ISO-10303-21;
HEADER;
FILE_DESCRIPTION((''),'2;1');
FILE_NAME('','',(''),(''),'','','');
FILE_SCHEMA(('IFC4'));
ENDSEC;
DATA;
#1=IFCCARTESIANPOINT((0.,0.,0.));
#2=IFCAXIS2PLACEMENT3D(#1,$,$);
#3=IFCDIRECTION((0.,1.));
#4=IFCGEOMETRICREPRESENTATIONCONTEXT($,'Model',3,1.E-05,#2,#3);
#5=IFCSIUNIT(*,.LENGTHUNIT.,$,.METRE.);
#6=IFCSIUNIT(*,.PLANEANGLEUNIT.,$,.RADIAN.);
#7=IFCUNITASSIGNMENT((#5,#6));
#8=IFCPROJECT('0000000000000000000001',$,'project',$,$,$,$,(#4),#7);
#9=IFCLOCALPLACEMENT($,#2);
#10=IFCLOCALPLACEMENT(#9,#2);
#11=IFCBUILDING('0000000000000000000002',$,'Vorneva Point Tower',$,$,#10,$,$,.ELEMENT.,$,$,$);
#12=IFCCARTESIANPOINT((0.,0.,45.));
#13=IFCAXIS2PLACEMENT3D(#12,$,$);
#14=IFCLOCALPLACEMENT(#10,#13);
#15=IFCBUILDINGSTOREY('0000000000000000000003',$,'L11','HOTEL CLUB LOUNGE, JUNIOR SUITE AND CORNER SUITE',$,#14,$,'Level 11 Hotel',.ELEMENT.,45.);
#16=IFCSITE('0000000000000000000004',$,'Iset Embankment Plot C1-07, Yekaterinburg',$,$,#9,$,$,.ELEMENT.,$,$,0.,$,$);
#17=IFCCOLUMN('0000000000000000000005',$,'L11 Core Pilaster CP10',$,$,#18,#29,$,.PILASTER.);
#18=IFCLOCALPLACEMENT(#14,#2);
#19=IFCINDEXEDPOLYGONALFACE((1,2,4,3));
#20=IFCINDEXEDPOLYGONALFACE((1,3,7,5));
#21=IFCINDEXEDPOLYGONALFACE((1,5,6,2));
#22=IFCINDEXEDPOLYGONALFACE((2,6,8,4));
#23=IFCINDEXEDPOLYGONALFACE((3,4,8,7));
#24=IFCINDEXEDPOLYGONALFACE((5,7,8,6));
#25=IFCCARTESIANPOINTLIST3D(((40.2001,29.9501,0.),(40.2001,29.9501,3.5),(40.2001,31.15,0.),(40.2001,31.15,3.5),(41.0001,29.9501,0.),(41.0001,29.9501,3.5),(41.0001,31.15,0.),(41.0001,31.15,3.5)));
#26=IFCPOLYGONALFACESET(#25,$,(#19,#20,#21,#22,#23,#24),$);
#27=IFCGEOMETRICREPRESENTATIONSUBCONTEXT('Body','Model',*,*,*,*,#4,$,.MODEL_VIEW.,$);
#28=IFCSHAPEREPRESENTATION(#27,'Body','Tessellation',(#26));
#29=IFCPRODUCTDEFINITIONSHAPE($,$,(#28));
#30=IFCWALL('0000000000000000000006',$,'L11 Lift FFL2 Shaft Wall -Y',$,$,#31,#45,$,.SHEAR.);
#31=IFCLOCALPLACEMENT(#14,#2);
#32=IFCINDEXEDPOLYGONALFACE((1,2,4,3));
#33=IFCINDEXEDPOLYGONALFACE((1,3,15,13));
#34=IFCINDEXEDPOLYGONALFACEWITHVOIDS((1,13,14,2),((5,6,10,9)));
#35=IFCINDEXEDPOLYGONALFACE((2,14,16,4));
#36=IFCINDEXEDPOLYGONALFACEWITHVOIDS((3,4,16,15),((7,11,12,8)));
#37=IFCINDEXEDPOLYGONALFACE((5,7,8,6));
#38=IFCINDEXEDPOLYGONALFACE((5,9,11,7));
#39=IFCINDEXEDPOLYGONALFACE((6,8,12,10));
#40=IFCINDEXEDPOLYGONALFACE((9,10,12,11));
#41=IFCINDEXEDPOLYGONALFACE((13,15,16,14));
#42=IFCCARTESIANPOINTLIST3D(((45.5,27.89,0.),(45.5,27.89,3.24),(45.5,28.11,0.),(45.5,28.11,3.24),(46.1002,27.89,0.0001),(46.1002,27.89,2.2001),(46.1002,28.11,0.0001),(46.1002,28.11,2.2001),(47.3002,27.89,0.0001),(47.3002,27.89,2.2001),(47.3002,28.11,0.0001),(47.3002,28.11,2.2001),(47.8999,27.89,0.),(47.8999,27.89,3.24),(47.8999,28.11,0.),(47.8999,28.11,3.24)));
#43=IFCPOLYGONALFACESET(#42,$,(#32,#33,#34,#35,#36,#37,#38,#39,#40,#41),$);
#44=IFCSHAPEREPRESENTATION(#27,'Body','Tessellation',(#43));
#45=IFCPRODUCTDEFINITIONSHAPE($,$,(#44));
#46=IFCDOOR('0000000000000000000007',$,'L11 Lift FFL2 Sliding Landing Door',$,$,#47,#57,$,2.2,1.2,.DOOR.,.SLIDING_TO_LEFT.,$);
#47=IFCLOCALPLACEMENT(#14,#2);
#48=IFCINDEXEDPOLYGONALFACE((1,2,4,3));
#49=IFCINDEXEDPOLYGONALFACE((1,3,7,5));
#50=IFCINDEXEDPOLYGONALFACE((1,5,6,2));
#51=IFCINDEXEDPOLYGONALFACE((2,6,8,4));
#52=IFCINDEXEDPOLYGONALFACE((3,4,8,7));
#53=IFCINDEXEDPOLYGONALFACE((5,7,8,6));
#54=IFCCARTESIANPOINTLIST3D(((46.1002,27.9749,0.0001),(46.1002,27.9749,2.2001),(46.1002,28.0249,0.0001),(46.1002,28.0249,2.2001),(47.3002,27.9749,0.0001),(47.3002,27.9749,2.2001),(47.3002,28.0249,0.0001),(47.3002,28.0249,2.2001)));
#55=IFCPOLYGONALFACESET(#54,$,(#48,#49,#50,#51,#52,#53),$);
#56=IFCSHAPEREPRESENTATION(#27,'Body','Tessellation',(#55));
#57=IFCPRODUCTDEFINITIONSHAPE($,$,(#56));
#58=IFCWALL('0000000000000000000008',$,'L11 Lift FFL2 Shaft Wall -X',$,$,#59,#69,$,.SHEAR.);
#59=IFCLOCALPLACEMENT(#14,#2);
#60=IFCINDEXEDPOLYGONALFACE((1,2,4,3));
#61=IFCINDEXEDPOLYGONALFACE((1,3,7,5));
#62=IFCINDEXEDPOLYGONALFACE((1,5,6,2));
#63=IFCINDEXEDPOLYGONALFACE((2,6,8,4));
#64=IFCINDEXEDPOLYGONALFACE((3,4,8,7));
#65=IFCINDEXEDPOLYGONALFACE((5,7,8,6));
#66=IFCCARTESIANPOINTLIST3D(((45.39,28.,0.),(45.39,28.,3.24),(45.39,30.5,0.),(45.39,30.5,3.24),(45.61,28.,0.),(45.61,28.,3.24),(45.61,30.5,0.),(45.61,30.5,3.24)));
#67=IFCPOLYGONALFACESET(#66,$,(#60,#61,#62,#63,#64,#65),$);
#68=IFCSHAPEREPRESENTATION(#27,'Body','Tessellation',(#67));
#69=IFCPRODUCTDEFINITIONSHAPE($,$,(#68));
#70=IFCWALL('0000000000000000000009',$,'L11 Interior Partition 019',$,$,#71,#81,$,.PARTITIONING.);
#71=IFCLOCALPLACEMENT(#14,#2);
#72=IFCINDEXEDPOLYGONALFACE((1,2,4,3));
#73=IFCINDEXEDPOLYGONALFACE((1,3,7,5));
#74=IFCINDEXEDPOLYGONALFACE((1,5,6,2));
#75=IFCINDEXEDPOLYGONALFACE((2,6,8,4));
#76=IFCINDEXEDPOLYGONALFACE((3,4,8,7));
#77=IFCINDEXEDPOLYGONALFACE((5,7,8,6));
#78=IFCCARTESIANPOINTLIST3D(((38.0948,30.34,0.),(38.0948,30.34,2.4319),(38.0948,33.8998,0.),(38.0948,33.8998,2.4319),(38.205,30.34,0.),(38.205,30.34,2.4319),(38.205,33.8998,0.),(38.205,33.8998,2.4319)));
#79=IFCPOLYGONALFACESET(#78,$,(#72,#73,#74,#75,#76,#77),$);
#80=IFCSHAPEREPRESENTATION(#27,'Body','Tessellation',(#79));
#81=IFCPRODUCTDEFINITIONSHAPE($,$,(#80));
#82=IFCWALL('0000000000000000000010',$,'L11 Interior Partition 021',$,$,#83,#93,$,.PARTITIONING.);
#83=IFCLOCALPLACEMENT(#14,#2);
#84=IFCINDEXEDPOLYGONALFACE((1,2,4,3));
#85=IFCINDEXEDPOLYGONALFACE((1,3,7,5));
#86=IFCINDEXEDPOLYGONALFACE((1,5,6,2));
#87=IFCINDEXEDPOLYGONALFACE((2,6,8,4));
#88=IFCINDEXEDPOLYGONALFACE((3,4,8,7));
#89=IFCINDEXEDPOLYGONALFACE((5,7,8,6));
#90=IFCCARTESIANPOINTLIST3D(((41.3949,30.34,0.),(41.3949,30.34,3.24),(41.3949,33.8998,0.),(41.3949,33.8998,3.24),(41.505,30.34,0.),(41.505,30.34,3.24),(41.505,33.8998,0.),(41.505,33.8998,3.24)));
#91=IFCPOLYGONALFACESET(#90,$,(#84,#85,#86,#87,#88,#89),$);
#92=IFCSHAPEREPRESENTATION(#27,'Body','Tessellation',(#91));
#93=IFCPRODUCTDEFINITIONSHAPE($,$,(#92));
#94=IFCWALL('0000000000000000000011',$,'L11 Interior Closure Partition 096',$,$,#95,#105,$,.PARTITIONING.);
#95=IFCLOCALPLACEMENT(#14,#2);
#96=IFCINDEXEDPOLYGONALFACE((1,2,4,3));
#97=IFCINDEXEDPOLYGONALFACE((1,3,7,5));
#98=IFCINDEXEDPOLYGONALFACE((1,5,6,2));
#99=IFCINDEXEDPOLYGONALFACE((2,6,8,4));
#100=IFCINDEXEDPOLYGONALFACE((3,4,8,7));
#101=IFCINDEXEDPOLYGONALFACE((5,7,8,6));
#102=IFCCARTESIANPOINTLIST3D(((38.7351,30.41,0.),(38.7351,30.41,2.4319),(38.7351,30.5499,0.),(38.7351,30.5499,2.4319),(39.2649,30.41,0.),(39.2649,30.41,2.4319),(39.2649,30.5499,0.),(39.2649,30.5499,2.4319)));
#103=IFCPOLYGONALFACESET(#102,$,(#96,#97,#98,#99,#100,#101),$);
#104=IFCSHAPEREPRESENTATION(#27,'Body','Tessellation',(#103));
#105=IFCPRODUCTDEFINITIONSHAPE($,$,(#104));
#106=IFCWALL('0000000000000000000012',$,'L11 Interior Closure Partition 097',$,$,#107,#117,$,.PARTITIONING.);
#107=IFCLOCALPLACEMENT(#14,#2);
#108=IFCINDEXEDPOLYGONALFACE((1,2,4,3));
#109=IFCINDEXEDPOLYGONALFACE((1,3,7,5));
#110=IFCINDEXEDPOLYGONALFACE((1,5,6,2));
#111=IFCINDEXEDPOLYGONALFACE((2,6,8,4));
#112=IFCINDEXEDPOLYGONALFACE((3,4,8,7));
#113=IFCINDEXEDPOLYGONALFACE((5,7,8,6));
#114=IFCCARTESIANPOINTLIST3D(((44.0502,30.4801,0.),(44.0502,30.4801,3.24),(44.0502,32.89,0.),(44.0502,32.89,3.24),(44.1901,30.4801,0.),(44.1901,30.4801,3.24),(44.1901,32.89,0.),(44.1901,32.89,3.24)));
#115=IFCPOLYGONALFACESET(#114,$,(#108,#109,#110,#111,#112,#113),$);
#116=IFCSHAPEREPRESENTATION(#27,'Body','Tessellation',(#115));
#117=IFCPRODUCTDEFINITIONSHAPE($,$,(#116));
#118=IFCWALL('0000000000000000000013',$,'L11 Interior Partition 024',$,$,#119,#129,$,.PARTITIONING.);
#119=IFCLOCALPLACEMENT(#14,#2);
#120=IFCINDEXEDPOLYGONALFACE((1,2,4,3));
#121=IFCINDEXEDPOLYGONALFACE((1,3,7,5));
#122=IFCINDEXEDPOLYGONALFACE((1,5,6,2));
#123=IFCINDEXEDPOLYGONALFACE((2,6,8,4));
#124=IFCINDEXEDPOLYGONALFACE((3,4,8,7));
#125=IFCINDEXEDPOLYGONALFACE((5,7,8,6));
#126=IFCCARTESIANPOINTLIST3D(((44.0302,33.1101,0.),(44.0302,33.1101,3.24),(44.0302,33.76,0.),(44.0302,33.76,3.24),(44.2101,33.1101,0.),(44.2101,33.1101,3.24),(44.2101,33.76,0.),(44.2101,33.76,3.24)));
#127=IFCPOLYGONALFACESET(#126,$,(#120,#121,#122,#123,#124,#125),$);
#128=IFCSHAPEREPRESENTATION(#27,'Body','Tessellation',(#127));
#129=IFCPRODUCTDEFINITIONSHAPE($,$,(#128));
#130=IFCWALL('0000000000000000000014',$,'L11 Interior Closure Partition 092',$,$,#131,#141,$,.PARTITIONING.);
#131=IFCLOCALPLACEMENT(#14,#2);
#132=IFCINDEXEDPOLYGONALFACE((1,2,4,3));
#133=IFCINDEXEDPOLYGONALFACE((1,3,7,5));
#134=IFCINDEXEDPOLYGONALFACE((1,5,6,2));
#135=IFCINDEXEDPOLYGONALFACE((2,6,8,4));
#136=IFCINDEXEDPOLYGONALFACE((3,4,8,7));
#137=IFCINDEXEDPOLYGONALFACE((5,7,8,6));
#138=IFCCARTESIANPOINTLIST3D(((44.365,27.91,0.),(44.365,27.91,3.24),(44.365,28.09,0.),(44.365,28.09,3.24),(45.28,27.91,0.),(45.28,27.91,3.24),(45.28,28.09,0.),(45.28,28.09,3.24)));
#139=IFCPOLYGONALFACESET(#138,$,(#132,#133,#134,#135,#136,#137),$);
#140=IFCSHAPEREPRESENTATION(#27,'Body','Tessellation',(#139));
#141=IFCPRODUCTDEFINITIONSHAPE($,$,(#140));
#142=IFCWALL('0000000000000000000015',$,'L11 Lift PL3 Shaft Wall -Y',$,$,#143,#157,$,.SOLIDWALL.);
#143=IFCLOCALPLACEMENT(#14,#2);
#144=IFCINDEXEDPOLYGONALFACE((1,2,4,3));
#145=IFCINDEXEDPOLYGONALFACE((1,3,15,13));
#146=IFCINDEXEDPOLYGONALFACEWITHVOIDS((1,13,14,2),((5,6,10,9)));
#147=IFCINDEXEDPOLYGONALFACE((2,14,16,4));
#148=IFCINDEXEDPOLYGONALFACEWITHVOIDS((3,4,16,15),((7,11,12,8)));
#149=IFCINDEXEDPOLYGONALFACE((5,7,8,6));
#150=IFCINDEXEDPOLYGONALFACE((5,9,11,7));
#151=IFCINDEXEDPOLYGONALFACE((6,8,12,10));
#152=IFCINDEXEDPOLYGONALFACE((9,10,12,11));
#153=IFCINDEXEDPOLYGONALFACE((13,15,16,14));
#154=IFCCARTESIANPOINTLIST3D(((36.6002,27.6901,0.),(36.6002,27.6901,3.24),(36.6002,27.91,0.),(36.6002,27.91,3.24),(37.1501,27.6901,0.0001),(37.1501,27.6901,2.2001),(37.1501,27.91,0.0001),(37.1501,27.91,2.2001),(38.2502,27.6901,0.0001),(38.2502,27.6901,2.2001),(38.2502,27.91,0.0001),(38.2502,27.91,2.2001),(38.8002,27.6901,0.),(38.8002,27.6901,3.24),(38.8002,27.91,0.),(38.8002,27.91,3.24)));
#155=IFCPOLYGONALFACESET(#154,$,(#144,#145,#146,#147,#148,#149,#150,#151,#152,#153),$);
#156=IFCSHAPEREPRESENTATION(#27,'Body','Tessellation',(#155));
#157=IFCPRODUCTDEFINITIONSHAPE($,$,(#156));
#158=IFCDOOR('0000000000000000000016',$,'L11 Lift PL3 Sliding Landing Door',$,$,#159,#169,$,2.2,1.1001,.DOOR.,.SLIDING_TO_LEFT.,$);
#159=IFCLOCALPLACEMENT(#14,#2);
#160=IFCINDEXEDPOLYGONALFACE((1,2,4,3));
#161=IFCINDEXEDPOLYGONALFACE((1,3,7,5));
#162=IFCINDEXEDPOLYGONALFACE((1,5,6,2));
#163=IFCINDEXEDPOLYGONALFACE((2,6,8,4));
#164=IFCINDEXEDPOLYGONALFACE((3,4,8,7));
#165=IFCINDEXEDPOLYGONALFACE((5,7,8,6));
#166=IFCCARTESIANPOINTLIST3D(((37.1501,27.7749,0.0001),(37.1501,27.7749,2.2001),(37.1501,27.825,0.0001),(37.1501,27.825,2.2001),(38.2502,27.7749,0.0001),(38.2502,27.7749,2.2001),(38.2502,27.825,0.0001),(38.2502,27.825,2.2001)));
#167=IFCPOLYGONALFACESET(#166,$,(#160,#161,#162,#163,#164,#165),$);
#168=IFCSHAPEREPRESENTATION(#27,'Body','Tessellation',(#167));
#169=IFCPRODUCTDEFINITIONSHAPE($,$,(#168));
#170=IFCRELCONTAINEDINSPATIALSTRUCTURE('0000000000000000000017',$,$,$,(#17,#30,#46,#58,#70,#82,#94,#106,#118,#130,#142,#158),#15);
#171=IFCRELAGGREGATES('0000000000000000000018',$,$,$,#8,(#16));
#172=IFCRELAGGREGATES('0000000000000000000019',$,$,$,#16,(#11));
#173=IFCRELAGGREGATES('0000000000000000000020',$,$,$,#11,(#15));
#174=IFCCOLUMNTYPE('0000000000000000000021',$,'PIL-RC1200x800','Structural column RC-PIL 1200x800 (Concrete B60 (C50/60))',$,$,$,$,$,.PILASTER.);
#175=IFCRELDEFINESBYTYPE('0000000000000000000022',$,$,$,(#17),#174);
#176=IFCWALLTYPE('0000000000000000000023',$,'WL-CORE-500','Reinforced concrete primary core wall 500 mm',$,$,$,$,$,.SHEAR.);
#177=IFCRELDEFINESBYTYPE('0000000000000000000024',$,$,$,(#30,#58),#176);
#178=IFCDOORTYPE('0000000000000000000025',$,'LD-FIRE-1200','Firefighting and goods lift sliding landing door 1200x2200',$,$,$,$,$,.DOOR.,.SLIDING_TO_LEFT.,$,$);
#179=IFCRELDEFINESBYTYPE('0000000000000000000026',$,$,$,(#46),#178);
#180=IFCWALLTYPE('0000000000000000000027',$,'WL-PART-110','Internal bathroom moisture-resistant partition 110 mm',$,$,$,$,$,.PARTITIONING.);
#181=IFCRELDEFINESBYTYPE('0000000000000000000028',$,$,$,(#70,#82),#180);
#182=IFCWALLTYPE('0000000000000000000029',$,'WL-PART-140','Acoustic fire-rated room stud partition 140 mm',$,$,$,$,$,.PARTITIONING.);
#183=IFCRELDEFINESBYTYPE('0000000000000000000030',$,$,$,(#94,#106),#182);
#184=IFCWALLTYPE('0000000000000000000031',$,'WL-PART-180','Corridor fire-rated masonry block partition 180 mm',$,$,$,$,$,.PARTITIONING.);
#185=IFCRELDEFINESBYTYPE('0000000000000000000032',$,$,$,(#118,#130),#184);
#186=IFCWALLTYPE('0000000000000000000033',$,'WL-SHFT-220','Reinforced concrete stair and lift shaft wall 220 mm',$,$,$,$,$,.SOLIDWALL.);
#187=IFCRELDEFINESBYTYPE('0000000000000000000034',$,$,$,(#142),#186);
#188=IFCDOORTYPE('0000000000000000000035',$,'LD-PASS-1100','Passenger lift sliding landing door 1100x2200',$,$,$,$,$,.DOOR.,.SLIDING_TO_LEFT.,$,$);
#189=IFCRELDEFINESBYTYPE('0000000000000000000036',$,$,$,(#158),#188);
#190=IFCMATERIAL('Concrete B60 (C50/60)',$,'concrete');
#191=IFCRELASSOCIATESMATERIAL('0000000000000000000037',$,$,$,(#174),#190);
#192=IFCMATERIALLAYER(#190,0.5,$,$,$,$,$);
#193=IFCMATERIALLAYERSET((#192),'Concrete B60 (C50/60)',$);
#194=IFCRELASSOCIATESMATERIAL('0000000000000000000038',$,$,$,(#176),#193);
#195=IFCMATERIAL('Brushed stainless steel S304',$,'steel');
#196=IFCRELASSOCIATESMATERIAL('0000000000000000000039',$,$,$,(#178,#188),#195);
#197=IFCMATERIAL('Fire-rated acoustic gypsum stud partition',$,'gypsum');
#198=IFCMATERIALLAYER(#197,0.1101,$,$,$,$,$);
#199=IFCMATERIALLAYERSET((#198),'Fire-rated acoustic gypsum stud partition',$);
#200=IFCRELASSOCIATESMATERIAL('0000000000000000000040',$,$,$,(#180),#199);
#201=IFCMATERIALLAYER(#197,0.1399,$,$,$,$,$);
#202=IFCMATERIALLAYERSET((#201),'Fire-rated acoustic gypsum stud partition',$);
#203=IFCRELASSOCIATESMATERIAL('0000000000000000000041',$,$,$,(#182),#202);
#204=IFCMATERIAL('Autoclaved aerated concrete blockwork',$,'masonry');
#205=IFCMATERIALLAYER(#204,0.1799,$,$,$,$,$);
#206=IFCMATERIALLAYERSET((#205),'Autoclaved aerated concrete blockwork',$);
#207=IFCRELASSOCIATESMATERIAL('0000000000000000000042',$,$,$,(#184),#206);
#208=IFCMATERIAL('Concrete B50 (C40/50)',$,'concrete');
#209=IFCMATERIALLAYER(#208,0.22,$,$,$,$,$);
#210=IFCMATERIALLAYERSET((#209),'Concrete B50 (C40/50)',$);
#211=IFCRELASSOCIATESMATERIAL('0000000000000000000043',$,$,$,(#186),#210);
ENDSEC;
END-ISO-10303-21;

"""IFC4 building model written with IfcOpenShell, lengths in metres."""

from ifc_helpers import new_model, si_unit, direction, frame, frame_2d, origin, origin_2d, place, context, subcontext, project, spatial, rectangle, extrude, material, layer, layer_set, material_profile, profile_set, type_object, element, fill, save


model = new_model("IFC4")

# Units and contexts
model_context = context("Model", 3, precision=1e-05, world=origin(), true_north=direction((0.0, 1.0)))
body_context = subcontext(model_context, "Body", "Model", "MODEL_VIEW")
ifc_project = project(units=[si_unit("LENGTHUNIT", "METRE"), si_unit("PLANEANGLEUNIT", "RADIAN")], contexts=[model_context])

# Site, building, storey
site_placement = place(None, origin())
site = spatial("IfcSite", under=ifc_project, at=site_placement, Name="Iset Embankment Plot C1-07, Yekaterinburg", CompositionType="ELEMENT", RefElevation=0.0)
building_placement = place(site_placement, origin())
building = spatial("IfcBuilding", under=site, at=building_placement, Name="Vorneva Point Tower", CompositionType="ELEMENT")
storey_placement = place(building_placement, frame((0.0, 0.0, 45.0)))
storey = spatial("IfcBuildingStorey", under=building, at=storey_placement, Name="L11", Description="HOTEL CLUB LOUNGE, JUNIOR SUITE AND CORNER SUITE", LongName="Level 11 Hotel", CompositionType="ELEMENT", Elevation=45.0)

# Column
ifc_material_1 = material(Name="Concrete B60 (C50/60)", Category="concrete")
ifc_material_profile = material_profile(ifc_material_1, rectangle(XDim=0.8, YDim=1.2, at=origin_2d()), Name="RC-PIL 1200x800")
ifc_profile_set = profile_set([ifc_material_profile], Name="Concrete B60 (C50/60)")
column_type = type_object("IfcColumnType", Name="PIL-RC1200x800", Description="Structural column RC-PIL 1200x800 (Concrete B60 (C50/60))", PredefinedType="PILASTER", material=ifc_profile_set)
column_placement = place(storey_placement, frame((40.6001, 30.55, 0.0), z_axis=(0.0, 0.0, 1.0), x_axis=(1.0, 0.0, 0.0)))
element("IfcColumn", 1, at=column_placement, inside=storey, type_object=column_type, Name="L11 Core Pilaster CP10", PredefinedType="PILASTER", context=body_context, shape_type="SweptSolid", body=[
    extrude(rectangle(XDim=0.8, YDim=1.2, at=origin_2d()), origin(), (0.0, 0.0, 1.0), 3.5),
])

# Wall, opening, door
ifc_layer_1 = layer(ifc_material_1, 0.5)
ifc_layer_set_1 = layer_set([ifc_layer_1], Name="Concrete B60 (C50/60)")
wall_type_1 = type_object("IfcWallType", Name="WL-CORE-500", Description="Reinforced concrete primary core wall 500 mm", PredefinedType="SHEAR", material=ifc_layer_set_1)
wall_1_placement = place(storey_placement, frame((45.5, 28.0, 0.0), z_axis=(0.0, 0.0, 1.0), x_axis=(1.0, 0.0, 0.0)))
wall_1 = element("IfcWall", 2, at=wall_1_placement, inside=storey, type_object=wall_type_1, Name="L11 Lift FFL2 Shaft Wall -Y", PredefinedType="SHEAR", context=body_context, shape_type="SweptSolid", body=[
    extrude(rectangle(XDim=2.3999, YDim=0.22, at=frame_2d((1.2, 0.0))), origin(), (0.0, 0.0, 1.0), 3.24),
])
opening_1_placement = place(wall_1_placement, frame((0.6001, 0.0, 0.0)))
opening_1 = element("IfcOpeningElement", 3, at=opening_1_placement, cuts=wall_1, PredefinedType="OPENING", context=body_context, shape_type="SweptSolid", body=[
    extrude(rectangle(XDim=1.2, YDim=2.2, at=frame_2d((0.6001, 1.1001))), frame((0.0, 0.125, 0.0), z_axis=(0.0, -1.0, 0.0), x_axis=(1.0, 0.0, 0.0)), (0.0, 0.0, 1.0), 0.2498),
])
ifc_material_2 = material(Name="Brushed stainless steel S304", Category="steel")
door_type_1 = type_object("IfcDoorType", Name="LD-FIRE-1200", Description="Firefighting and goods lift sliding landing door 1200x2200", OperationType="SLIDING_TO_LEFT", PredefinedType="DOOR", material=ifc_material_2)
door_1_placement = place(opening_1_placement, origin())
door_1 = element("IfcDoor", 4, at=door_1_placement, inside=storey, type_object=door_type_1, Name="L11 Lift FFL2 Sliding Landing Door", OperationType="SLIDING_TO_LEFT", OverallHeight=2.2, OverallWidth=1.2, PredefinedType="DOOR", context=body_context, shape_type="SweptSolid", body=[
    extrude(rectangle(XDim=1.2, YDim=2.2, at=frame_2d((0.6001, 1.1001))), frame((0.0, 0.0249, 0.0), z_axis=(0.0, -1.0, 0.0), x_axis=(1.0, 0.0, 0.0)), (0.0, 0.0, 1.0), 0.05),
])
fill(opening_1, door_1)

# Walls
wall_2_placement = place(storey_placement, frame((45.5, 30.5, 0.0), z_axis=(0.0, 0.0, 1.0), x_axis=(0.0, -1.0, 0.0)))
element("IfcWall", 5, at=wall_2_placement, inside=storey, type_object=wall_type_1, Name="L11 Lift FFL2 Shaft Wall -X", PredefinedType="SHEAR", context=body_context, shape_type="SweptSolid", body=[
    extrude(rectangle(XDim=2.5, YDim=0.22, at=frame_2d((1.25, 0.0))), origin(), (0.0, 0.0, 1.0), 3.24),
])
ifc_material_3 = material(Name="Fire-rated acoustic gypsum stud partition", Category="gypsum")
ifc_layer_2 = layer(ifc_material_3, 0.1101)
ifc_layer_set_2 = layer_set([ifc_layer_2], Name="Fire-rated acoustic gypsum stud partition")
wall_type_2 = type_object("IfcWallType", Name="WL-PART-110", Description="Internal bathroom moisture-resistant partition 110 mm", PredefinedType="PARTITIONING", material=ifc_layer_set_2)
wall_3_placement = place(storey_placement, frame((38.1499, 30.3401, 0.0), z_axis=(0.0, 0.0, 1.0), x_axis=(0.0, 1.0, 0.0)))
element("IfcWall", 6, at=wall_3_placement, inside=storey, type_object=wall_type_2, Name="L11 Interior Partition 019", PredefinedType="PARTITIONING", context=body_context, shape_type="SweptSolid", body=[
    extrude(rectangle(XDim=3.5598, YDim=0.1101, at=frame_2d((1.7798, 0.0))), origin(), (0.0, 0.0, 1.0), 2.4319),
])
wall_4_placement = place(storey_placement, frame((41.45, 30.3401, 0.0), z_axis=(0.0, 0.0, 1.0), x_axis=(0.0, 1.0, 0.0)))
element("IfcWall", 7, at=wall_4_placement, inside=storey, type_object=wall_type_2, Name="L11 Interior Partition 021", PredefinedType="PARTITIONING", context=body_context, shape_type="SweptSolid", body=[
    extrude(rectangle(XDim=3.5598, YDim=0.1101, at=frame_2d((1.7798, 0.0))), origin(), (0.0, 0.0, 1.0), 3.24),
])
ifc_layer_3 = layer(ifc_material_3, 0.1399)
ifc_layer_set_3 = layer_set([ifc_layer_3], Name="Fire-rated acoustic gypsum stud partition")
wall_type_3 = type_object("IfcWallType", Name="WL-PART-140", Description="Acoustic fire-rated room stud partition 140 mm", PredefinedType="PARTITIONING", material=ifc_layer_set_3)
wall_5_placement = place(storey_placement, frame((38.7351, 30.48, 0.0), z_axis=(0.0, 0.0, 1.0), x_axis=(1.0, 0.0, 0.0)))
element("IfcWall", 8, at=wall_5_placement, inside=storey, type_object=wall_type_3, Name="L11 Interior Closure Partition 096", PredefinedType="PARTITIONING", context=body_context, shape_type="SweptSolid", body=[
    extrude(rectangle(XDim=0.5298, YDim=0.1399, at=frame_2d((0.2649, 0.0))), origin(), (0.0, 0.0, 1.0), 2.4319),
])
wall_6_placement = place(storey_placement, frame((44.1201, 30.48, 0.0), z_axis=(0.0, 0.0, 1.0), x_axis=(0.0, 1.0, 0.0)))
element("IfcWall", 9, at=wall_6_placement, inside=storey, type_object=wall_type_3, Name="L11 Interior Closure Partition 097", PredefinedType="PARTITIONING", context=body_context, shape_type="SweptSolid", body=[
    extrude(rectangle(XDim=2.4099, YDim=0.1399, at=frame_2d((1.2051, 0.0))), origin(), (0.0, 0.0, 1.0), 3.24),
])

# Shared definitions
ifc_material_4 = material(Name="Autoclaved aerated concrete blockwork", Category="masonry")
ifc_layer_4 = layer(ifc_material_4, 0.1799)
ifc_layer_set_4 = layer_set([ifc_layer_4], Name="Autoclaved aerated concrete blockwork")
wall_type_4 = type_object("IfcWallType", Name="WL-PART-180", Description="Corridor fire-rated masonry block partition 180 mm", PredefinedType="PARTITIONING", material=ifc_layer_set_4)

# Walls
wall_7_placement = place(storey_placement, frame((44.1201, 33.1101, 0.0), z_axis=(0.0, 0.0, 1.0), x_axis=(0.0, 1.0, 0.0)))
element("IfcWall", 10, at=wall_7_placement, inside=storey, type_object=wall_type_4, Name="L11 Interior Partition 024", PredefinedType="PARTITIONING", context=body_context, shape_type="SweptSolid", body=[
    extrude(rectangle(XDim=0.6499, YDim=0.1799, at=frame_2d((0.325, 0.0))), origin(), (0.0, 0.0, 1.0), 3.24),
])
wall_8_placement = place(storey_placement, frame((45.28, 28.0, 0.0), z_axis=(0.0, 0.0, 1.0), x_axis=(-1.0, 0.0, 0.0)))
element("IfcWall", 11, at=wall_8_placement, inside=storey, type_object=wall_type_4, Name="L11 Interior Closure Partition 092", PredefinedType="PARTITIONING", context=body_context, shape_type="SweptSolid", body=[
    extrude(rectangle(XDim=0.915, YDim=0.1799, at=frame_2d((0.4575, 0.0))), origin(), (0.0, 0.0, 1.0), 3.24),
])

# Wall, opening, door
ifc_material_5 = material(Name="Concrete B50 (C40/50)", Category="concrete")
ifc_layer_5 = layer(ifc_material_5, 0.22)
ifc_layer_set_5 = layer_set([ifc_layer_5], Name="Concrete B50 (C40/50)")
wall_type_5 = type_object("IfcWallType", Name="WL-SHFT-220", Description="Reinforced concrete stair and lift shaft wall 220 mm", PredefinedType="SOLIDWALL", material=ifc_layer_set_5)
wall_9_placement = place(storey_placement, frame((36.6001, 27.8, 0.0), z_axis=(0.0, 0.0, 1.0), x_axis=(1.0, 0.0, 0.0)))
wall_9 = element("IfcWall", 12, at=wall_9_placement, inside=storey, type_object=wall_type_5, Name="L11 Lift PL3 Shaft Wall -Y", PredefinedType="SOLIDWALL", context=body_context, shape_type="SweptSolid", body=[
    extrude(rectangle(XDim=2.2, YDim=0.22, at=frame_2d((1.1001, 0.0))), origin(), (0.0, 0.0, 1.0), 3.24),
])
opening_2_placement = place(wall_9_placement, frame((0.55, 0.0, 0.0)))
opening_2 = element("IfcOpeningElement", 13, at=opening_2_placement, cuts=wall_9, PredefinedType="OPENING", context=body_context, shape_type="SweptSolid", body=[
    extrude(rectangle(XDim=1.1001, YDim=2.2, at=frame_2d((0.55, 1.1001))), frame((0.0, 0.125, 0.0), z_axis=(0.0, -1.0, 0.0), x_axis=(1.0, 0.0, 0.0)), (0.0, 0.0, 1.0), 0.2498),
])
door_type_2 = type_object("IfcDoorType", Name="LD-PASS-1100", Description="Passenger lift sliding landing door 1100x2200", OperationType="SLIDING_TO_LEFT", PredefinedType="DOOR", material=ifc_material_2)
door_2_placement = place(opening_2_placement, origin())
door_2 = element("IfcDoor", 14, at=door_2_placement, inside=storey, type_object=door_type_2, Name="L11 Lift PL3 Sliding Landing Door", OperationType="SLIDING_TO_LEFT", OverallHeight=2.2, OverallWidth=1.1001, PredefinedType="DOOR", context=body_context, shape_type="SweptSolid", body=[
    extrude(rectangle(XDim=1.1001, YDim=2.2, at=frame_2d((0.55, 1.1001))), frame((0.0, 0.0249, 0.0), z_axis=(0.0, -1.0, 0.0), x_axis=(1.0, 0.0, 0.0)), (0.0, 0.0, 1.0), 0.05),
])
fill(opening_2, door_2)

save(model, "model.ifc")
